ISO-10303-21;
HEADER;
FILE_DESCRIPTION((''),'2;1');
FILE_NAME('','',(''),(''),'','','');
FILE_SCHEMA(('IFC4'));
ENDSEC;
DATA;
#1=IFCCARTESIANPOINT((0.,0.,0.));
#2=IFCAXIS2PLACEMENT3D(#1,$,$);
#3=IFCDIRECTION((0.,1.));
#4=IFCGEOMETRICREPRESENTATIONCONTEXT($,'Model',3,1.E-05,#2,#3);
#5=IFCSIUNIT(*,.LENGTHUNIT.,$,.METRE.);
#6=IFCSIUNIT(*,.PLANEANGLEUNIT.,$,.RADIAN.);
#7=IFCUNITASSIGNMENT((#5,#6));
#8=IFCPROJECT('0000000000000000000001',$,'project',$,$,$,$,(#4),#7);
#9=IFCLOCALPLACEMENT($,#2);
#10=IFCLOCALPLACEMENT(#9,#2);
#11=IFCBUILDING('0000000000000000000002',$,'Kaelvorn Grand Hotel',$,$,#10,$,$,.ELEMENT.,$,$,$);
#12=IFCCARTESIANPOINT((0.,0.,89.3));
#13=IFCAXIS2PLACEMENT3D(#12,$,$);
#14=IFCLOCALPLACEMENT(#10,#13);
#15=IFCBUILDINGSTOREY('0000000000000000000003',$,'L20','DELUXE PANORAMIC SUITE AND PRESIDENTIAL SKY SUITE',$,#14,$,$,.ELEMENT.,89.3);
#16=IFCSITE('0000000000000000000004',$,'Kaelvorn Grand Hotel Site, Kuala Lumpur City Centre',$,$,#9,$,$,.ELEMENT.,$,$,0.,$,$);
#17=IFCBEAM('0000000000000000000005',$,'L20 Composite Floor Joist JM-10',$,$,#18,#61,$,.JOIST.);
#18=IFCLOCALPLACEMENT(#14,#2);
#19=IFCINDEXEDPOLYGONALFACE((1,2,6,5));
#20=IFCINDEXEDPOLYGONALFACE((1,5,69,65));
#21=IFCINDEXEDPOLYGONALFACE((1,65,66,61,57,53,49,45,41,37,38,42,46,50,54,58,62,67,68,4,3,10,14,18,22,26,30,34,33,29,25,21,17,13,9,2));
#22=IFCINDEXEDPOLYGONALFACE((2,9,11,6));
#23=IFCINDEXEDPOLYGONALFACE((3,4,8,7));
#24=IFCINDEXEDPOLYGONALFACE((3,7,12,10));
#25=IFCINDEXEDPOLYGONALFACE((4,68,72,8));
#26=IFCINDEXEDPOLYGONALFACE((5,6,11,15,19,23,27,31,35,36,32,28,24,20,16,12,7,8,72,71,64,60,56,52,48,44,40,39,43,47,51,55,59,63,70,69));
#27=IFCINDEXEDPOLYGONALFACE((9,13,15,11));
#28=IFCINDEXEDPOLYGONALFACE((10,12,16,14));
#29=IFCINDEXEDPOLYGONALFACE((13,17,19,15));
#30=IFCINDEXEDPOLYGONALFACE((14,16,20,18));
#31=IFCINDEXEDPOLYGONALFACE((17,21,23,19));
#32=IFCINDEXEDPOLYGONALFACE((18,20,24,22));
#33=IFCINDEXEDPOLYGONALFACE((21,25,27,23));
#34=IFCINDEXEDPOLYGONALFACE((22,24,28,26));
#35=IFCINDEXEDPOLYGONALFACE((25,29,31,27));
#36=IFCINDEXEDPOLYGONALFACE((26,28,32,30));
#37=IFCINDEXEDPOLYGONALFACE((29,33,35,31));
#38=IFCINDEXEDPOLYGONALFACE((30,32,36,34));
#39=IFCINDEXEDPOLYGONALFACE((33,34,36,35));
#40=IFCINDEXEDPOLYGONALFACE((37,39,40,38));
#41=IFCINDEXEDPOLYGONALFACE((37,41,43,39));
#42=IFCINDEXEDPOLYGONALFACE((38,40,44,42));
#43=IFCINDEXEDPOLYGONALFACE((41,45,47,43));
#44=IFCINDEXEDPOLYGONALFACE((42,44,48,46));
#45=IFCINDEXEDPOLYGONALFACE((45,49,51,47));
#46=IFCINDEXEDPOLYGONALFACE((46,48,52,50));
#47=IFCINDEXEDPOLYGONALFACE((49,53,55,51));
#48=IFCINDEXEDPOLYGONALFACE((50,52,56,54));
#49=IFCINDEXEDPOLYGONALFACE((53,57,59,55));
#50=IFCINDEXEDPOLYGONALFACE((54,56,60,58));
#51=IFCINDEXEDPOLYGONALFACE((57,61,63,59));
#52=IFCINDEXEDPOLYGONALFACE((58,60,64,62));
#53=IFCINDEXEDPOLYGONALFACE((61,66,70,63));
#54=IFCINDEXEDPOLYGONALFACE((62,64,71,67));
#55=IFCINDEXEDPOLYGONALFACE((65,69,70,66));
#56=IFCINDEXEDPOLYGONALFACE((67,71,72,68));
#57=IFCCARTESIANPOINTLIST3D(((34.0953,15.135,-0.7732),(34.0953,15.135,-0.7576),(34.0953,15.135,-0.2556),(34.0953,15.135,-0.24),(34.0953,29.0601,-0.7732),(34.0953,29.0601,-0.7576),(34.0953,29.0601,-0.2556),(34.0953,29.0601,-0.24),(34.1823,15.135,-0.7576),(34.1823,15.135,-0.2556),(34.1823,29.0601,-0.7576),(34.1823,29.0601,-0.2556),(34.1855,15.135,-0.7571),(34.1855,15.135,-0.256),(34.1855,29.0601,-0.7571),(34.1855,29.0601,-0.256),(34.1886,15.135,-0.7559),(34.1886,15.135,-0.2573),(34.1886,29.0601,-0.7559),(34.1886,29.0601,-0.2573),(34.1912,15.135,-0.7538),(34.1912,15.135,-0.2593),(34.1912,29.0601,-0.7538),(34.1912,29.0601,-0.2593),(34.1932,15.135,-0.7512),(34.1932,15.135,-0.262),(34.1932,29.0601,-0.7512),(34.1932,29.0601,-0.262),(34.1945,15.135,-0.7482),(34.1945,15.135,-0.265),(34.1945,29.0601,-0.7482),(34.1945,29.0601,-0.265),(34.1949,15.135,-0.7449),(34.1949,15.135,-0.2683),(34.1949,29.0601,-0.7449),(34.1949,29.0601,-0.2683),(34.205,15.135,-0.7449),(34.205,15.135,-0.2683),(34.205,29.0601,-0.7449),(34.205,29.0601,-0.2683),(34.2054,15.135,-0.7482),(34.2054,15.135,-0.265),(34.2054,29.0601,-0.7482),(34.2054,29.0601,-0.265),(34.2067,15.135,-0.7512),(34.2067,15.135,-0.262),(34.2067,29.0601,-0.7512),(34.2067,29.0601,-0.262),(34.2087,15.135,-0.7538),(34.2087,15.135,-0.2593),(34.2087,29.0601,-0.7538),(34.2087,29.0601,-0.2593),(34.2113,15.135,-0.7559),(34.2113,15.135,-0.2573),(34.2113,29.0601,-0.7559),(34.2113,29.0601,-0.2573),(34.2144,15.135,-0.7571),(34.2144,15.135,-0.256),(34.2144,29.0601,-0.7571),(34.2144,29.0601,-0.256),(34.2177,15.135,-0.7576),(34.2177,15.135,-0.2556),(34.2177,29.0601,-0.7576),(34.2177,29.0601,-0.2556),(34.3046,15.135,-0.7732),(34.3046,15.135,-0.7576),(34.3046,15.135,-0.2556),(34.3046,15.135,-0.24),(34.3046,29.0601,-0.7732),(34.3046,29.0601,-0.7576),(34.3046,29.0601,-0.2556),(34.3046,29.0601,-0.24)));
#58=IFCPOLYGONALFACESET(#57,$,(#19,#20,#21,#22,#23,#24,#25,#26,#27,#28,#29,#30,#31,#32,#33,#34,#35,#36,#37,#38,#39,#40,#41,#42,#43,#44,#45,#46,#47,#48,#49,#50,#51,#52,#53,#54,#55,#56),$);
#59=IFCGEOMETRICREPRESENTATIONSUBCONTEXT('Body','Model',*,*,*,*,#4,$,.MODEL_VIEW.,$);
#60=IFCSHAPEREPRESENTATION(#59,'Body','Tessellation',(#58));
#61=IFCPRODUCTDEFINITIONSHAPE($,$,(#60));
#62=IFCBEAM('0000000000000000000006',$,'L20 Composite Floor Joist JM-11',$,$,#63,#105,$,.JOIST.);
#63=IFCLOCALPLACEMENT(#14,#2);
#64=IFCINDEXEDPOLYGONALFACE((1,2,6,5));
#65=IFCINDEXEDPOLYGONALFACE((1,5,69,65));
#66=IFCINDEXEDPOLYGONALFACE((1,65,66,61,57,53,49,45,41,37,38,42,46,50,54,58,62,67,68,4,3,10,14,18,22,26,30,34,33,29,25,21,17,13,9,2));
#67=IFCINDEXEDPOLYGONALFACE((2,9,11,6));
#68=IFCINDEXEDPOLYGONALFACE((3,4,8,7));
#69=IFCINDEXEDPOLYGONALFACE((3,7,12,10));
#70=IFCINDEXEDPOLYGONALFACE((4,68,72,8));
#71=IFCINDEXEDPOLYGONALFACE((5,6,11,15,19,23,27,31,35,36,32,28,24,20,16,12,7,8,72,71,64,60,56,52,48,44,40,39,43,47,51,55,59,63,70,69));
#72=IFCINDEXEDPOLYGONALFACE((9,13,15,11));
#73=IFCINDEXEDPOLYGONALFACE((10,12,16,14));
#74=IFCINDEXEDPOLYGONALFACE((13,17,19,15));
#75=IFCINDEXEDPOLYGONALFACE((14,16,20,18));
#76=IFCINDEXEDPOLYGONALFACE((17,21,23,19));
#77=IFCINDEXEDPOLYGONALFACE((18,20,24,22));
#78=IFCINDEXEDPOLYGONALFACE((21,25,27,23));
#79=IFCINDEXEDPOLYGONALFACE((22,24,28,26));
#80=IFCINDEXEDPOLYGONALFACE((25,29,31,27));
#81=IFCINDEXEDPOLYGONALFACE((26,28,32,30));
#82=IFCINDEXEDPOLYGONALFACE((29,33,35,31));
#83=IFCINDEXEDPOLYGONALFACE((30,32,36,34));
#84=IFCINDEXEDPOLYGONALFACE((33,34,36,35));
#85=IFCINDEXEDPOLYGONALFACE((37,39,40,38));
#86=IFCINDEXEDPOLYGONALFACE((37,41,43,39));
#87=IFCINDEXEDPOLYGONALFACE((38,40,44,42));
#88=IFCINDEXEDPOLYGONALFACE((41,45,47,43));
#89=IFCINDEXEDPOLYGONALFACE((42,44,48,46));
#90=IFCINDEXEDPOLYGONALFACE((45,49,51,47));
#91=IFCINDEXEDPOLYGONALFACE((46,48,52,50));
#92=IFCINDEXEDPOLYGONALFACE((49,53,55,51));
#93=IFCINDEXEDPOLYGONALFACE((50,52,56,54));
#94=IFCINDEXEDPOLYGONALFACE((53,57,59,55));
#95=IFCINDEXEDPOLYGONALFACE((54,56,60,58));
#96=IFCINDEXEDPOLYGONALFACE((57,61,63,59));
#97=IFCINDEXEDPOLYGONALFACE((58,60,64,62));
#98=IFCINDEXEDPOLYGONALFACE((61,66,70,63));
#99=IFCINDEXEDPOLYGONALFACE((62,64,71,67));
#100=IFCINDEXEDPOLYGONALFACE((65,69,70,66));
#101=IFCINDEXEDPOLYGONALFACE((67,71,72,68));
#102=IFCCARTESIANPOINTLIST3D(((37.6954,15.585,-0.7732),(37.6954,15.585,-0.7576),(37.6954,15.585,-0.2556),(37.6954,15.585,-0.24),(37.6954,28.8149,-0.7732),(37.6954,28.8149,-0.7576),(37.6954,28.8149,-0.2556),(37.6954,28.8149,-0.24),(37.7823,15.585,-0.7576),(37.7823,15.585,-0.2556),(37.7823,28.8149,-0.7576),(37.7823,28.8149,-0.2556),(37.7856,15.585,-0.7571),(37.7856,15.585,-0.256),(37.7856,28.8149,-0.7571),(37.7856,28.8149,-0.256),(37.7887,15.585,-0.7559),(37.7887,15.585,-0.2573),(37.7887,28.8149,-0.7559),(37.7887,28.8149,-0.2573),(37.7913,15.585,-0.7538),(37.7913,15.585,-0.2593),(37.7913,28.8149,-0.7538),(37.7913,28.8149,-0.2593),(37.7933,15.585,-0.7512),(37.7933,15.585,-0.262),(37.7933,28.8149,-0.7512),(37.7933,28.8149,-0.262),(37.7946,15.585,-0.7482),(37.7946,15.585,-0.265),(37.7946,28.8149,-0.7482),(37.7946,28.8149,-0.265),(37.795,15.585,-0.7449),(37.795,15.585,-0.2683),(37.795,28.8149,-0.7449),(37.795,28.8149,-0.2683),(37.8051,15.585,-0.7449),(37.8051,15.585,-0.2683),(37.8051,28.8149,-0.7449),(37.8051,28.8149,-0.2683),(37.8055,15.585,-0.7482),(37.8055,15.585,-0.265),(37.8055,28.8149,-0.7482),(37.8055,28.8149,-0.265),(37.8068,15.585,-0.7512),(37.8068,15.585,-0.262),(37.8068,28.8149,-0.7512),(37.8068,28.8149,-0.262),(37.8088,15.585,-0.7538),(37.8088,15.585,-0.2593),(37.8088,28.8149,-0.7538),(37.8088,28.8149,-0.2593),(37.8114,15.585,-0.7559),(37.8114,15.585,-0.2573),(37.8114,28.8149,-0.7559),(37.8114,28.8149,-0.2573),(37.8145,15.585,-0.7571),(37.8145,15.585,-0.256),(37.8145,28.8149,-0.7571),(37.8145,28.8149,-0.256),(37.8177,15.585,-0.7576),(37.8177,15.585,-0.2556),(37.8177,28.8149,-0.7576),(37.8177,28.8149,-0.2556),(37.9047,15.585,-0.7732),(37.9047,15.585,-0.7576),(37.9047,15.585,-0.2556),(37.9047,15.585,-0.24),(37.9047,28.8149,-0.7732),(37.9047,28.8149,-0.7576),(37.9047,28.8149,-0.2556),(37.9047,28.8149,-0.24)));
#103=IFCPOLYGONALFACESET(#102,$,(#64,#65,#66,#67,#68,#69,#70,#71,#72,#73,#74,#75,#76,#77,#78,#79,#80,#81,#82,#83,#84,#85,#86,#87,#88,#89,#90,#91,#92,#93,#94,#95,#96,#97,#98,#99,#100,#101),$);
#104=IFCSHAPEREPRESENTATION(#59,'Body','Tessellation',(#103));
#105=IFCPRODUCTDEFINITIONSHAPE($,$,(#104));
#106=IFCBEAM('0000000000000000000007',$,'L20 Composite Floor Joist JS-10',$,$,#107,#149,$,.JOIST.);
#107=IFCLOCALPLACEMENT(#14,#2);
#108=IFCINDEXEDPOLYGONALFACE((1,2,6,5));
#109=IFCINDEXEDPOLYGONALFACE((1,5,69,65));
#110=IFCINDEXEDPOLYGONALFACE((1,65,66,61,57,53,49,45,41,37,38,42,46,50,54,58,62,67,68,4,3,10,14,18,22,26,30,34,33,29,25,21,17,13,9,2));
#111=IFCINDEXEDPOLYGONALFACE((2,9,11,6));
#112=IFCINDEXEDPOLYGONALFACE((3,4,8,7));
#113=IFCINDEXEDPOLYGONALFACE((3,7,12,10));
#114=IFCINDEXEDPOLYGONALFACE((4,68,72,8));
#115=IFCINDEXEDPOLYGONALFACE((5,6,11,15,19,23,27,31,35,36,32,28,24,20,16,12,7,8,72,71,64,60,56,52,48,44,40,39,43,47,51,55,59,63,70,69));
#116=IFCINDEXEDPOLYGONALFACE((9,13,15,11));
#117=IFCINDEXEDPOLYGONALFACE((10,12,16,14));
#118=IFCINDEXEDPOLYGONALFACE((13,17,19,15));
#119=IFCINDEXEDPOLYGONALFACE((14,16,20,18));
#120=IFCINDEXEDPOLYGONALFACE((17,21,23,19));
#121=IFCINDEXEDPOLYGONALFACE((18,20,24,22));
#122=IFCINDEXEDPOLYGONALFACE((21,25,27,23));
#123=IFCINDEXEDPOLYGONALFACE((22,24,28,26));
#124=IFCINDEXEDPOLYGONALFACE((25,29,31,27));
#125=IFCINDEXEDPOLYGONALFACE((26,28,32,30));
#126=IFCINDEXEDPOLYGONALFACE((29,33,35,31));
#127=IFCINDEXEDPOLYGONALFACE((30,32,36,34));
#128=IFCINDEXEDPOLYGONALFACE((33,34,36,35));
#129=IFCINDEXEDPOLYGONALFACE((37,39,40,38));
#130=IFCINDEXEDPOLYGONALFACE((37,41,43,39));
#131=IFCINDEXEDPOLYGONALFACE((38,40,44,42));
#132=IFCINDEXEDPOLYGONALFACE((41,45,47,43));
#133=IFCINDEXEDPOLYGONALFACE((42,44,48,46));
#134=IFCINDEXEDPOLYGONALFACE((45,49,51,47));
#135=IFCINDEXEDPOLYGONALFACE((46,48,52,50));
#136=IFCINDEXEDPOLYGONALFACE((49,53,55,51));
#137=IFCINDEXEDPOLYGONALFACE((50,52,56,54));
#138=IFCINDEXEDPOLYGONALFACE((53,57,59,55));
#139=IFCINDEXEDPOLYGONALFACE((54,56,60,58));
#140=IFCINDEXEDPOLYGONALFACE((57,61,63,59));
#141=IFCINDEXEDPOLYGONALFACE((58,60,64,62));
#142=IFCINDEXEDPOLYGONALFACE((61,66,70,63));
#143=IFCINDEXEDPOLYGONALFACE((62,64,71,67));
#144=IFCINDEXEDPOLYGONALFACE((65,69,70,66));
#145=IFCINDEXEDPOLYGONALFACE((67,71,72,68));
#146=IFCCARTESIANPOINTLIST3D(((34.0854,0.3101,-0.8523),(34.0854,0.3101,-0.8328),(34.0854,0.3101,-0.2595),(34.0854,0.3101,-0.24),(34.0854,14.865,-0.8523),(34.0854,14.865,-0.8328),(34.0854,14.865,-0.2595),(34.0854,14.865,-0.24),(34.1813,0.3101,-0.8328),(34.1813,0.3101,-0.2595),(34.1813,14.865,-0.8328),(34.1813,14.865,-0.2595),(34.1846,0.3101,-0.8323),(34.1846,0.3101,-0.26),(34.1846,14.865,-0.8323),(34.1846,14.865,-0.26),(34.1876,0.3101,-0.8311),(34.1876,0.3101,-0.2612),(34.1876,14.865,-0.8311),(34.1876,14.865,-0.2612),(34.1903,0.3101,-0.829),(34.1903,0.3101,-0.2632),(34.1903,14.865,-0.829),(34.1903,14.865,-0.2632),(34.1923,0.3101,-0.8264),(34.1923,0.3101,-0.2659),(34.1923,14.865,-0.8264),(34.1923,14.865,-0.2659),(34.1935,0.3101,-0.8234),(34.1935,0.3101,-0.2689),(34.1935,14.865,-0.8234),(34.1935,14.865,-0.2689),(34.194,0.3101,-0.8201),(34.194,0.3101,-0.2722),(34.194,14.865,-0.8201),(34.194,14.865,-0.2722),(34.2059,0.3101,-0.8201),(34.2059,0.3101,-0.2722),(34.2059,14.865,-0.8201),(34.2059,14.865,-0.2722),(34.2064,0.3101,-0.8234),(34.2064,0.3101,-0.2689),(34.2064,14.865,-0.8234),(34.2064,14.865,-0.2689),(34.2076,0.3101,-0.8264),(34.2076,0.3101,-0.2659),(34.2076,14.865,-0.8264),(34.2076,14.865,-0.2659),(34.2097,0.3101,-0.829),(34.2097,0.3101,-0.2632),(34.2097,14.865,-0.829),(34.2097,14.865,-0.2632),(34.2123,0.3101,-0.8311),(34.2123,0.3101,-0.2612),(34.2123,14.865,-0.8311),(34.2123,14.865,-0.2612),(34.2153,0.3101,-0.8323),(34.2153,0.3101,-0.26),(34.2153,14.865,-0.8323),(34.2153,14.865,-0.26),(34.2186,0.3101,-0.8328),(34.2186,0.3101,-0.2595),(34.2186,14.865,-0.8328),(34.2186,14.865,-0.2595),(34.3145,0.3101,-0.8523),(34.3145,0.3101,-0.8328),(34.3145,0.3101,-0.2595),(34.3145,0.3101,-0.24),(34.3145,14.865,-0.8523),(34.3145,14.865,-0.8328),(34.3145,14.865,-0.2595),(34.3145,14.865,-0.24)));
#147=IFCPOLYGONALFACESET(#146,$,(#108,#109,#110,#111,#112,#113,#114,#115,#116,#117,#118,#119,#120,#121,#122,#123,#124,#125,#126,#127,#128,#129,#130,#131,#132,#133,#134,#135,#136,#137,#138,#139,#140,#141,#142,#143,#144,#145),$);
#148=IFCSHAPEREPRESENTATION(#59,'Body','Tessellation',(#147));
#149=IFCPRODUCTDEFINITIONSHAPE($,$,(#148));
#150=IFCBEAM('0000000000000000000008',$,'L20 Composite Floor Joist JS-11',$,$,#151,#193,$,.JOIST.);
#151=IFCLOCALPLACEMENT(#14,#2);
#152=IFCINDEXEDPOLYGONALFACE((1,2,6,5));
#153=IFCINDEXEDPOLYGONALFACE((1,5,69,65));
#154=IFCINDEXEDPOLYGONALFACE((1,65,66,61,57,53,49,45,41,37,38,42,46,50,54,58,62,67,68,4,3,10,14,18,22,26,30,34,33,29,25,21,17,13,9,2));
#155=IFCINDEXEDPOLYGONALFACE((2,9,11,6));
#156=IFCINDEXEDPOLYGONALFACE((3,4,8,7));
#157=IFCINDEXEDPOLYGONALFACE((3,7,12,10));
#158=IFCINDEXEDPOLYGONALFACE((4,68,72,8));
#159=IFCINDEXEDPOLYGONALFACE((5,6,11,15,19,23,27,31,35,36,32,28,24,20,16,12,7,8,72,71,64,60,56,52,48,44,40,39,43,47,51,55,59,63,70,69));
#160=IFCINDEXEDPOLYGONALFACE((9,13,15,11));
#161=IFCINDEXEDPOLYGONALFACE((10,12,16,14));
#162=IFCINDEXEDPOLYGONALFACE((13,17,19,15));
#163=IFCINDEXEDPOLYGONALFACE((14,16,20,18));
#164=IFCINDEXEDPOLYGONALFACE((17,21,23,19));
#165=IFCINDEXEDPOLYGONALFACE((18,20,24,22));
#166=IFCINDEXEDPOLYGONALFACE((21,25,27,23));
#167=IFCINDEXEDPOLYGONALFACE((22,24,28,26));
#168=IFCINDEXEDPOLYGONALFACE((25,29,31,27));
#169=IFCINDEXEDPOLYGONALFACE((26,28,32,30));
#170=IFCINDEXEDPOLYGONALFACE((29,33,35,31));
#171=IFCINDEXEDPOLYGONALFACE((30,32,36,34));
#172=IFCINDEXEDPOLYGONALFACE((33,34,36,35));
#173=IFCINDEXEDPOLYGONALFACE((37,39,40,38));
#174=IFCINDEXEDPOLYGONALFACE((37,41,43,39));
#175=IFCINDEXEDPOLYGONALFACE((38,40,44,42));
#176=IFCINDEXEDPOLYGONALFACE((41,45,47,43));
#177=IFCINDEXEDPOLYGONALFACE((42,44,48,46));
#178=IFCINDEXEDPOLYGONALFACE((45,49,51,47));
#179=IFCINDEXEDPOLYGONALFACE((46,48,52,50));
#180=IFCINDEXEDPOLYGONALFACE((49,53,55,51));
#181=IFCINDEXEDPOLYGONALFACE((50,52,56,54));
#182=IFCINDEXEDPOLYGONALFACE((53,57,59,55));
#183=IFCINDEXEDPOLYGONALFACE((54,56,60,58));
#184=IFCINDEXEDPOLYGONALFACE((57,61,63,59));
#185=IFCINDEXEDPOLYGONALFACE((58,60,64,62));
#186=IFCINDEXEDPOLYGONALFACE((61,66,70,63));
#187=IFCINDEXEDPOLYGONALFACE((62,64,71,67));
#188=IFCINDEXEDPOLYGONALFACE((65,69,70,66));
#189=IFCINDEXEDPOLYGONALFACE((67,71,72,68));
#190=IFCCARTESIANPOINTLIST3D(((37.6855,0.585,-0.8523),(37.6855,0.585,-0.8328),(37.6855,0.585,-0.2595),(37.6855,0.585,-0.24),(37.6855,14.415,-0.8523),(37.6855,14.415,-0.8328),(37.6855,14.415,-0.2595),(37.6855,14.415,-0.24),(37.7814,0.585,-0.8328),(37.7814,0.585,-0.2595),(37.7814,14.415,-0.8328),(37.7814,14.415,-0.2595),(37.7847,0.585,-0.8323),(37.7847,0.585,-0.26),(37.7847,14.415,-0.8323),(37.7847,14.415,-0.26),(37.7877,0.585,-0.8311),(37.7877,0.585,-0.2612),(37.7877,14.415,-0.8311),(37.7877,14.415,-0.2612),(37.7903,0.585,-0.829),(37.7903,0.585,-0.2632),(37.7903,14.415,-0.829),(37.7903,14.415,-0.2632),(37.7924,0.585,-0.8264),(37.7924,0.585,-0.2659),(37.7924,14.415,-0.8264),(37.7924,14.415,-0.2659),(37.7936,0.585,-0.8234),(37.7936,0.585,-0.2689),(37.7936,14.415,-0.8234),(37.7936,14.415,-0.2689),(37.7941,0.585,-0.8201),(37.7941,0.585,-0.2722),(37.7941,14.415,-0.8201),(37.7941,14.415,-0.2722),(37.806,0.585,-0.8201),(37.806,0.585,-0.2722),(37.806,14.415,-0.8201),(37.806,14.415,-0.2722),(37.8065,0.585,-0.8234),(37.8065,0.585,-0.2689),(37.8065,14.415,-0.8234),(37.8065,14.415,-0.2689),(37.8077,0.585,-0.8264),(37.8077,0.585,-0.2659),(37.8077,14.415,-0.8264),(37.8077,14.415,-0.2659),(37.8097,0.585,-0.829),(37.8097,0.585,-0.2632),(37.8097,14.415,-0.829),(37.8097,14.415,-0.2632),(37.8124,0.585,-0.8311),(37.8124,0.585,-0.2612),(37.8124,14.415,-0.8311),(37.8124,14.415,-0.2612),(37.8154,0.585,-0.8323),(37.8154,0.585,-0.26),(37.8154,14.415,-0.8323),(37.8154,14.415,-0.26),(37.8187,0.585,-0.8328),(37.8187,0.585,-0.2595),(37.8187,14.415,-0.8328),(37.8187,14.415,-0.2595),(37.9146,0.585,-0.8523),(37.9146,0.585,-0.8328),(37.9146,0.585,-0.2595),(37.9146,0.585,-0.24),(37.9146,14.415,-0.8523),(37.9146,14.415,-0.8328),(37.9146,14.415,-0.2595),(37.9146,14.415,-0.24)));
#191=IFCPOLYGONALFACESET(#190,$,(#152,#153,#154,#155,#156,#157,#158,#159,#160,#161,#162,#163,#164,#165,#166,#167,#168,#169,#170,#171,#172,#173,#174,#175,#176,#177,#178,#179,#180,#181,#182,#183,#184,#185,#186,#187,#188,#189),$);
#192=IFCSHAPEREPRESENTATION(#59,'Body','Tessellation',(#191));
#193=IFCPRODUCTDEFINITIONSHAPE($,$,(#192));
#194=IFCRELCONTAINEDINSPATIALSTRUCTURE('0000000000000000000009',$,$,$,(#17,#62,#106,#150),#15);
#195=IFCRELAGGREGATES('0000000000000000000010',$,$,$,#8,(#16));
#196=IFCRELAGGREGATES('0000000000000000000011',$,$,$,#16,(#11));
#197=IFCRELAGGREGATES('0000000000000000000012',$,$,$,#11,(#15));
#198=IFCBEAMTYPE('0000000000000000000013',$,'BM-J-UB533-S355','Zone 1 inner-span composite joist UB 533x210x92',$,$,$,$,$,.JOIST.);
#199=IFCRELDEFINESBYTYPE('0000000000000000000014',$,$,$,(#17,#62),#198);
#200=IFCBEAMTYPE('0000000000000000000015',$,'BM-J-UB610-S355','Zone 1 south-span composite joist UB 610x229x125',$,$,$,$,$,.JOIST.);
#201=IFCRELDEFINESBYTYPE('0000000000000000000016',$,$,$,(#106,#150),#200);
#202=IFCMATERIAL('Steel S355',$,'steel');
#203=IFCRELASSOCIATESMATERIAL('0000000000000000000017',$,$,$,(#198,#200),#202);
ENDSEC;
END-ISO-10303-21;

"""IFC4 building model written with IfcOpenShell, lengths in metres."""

from ifc_helpers import new_model, si_unit, direction, frame, origin, origin_2d, place, context, subcontext, project, spatial, i_section, extrude, material, material_profile, profile_set, type_object, element, save


model = new_model("IFC4")

# Units and contexts
model_context = context("Model", 3, precision=1e-05, world=origin(), true_north=direction((0.0, 1.0)))
body_context = subcontext(model_context, "Body", "Model", "MODEL_VIEW")
ifc_project = project(units=[si_unit("LENGTHUNIT", "METRE"), si_unit("PLANEANGLEUNIT", "RADIAN")], contexts=[model_context])

# Site, building, storey
site_placement = place(None, origin())
site = spatial("IfcSite", under=ifc_project, at=site_placement, Name="Kaelvorn Grand Hotel Site, Kuala Lumpur City Centre", CompositionType="ELEMENT", RefElevation=0.0)
building_placement = place(site_placement, origin())
building = spatial("IfcBuilding", under=site, at=building_placement, Name="Kaelvorn Grand Hotel", CompositionType="ELEMENT")
storey_placement = place(building_placement, frame((0.0, 0.0, 89.3)))
storey = spatial("IfcBuildingStorey", under=building, at=storey_placement, Name="L20", Description="DELUXE PANORAMIC SUITE AND PRESIDENTIAL SKY SUITE", CompositionType="ELEMENT", Elevation=89.3)

# Beams
ifc_material_1 = material(Name="Steel S355", Category="steel")
ifc_material_profile_1 = material_profile(ifc_material_1, i_section(OverallWidth=0.2092, OverallDepth=0.5332, WebThickness=0.01, FlangeThickness=0.0156, FilletRadius=0.0127, at=origin_2d()), Name="UB 533x210x92")
ifc_profile_set_1 = profile_set([ifc_material_profile_1], Name="Steel S355")
beam_type_1 = type_object("IfcBeamType", Name="BM-J-UB533-S355", Description="Zone 1 inner-span composite joist UB 533x210x92", PredefinedType="JOIST", material=ifc_profile_set_1)
beam_1_placement = place(storey_placement, frame((34.2, 15.135, -0.5066), z_axis=(0.0, 1.0, 0.0), x_axis=(-1.0, 0.0, 0.0)))
element("IfcBeam", 1, at=beam_1_placement, inside=storey, type_object=beam_type_1, Name="L20 Composite Floor Joist JM-10", PredefinedType="JOIST", context=body_context, shape_type="SweptSolid", body=[
    extrude(i_section(OverallWidth=0.2092, OverallDepth=0.5332, WebThickness=0.01, FlangeThickness=0.0156, FilletRadius=0.0127, at=origin_2d()), origin(), (0.0, 0.0, 1.0), 13.925),
])
beam_2_placement = place(storey_placement, frame((37.8, 15.585, -0.5066), z_axis=(0.0, 1.0, 0.0), x_axis=(-1.0, 0.0, 0.0)))
element("IfcBeam", 2, at=beam_2_placement, inside=storey, type_object=beam_type_1, Name="L20 Composite Floor Joist JM-11", PredefinedType="JOIST", context=body_context, shape_type="SweptSolid", body=[
    extrude(i_section(OverallWidth=0.2092, OverallDepth=0.5332, WebThickness=0.01, FlangeThickness=0.0156, FilletRadius=0.0127, at=origin_2d()), origin(), (0.0, 0.0, 1.0), 13.23),
])
ifc_material_profile_2 = material_profile(ifc_material_1, i_section(OverallWidth=0.229, OverallDepth=0.6123, WebThickness=0.012, FlangeThickness=0.0195, FilletRadius=0.0127, at=origin_2d()), Name="UB 610x229x125")
ifc_profile_set_2 = profile_set([ifc_material_profile_2], Name="Steel S355")
beam_type_2 = type_object("IfcBeamType", Name="BM-J-UB610-S355", Description="Zone 1 south-span composite joist UB 610x229x125", PredefinedType="JOIST", material=ifc_profile_set_2)
beam_3_placement = place(storey_placement, frame((34.2, 0.3101, -0.5461), z_axis=(0.0, 1.0, 0.0), x_axis=(-1.0, 0.0, 0.0)))
element("IfcBeam", 3, at=beam_3_placement, inside=storey, type_object=beam_type_2, Name="L20 Composite Floor Joist JS-10", PredefinedType="JOIST", context=body_context, shape_type="SweptSolid", body=[
    extrude(i_section(OverallWidth=0.229, OverallDepth=0.6123, WebThickness=0.012, FlangeThickness=0.0195, FilletRadius=0.0127, at=origin_2d()), origin(), (0.0, 0.0, 1.0), 14.5549),
])
beam_4_placement = place(storey_placement, frame((37.8, 0.585, -0.5461), z_axis=(0.0, 1.0, 0.0), x_axis=(-1.0, 0.0, 0.0)))
element("IfcBeam", 4, at=beam_4_placement, inside=storey, type_object=beam_type_2, Name="L20 Composite Floor Joist JS-11", PredefinedType="JOIST", context=body_context, shape_type="SweptSolid", body=[
    extrude(i_section(OverallWidth=0.229, OverallDepth=0.6123, WebThickness=0.012, FlangeThickness=0.0195, FilletRadius=0.0127, at=origin_2d()), origin(), (0.0, 0.0, 1.0), 13.8301),
])

save(model, "model.ifc")
